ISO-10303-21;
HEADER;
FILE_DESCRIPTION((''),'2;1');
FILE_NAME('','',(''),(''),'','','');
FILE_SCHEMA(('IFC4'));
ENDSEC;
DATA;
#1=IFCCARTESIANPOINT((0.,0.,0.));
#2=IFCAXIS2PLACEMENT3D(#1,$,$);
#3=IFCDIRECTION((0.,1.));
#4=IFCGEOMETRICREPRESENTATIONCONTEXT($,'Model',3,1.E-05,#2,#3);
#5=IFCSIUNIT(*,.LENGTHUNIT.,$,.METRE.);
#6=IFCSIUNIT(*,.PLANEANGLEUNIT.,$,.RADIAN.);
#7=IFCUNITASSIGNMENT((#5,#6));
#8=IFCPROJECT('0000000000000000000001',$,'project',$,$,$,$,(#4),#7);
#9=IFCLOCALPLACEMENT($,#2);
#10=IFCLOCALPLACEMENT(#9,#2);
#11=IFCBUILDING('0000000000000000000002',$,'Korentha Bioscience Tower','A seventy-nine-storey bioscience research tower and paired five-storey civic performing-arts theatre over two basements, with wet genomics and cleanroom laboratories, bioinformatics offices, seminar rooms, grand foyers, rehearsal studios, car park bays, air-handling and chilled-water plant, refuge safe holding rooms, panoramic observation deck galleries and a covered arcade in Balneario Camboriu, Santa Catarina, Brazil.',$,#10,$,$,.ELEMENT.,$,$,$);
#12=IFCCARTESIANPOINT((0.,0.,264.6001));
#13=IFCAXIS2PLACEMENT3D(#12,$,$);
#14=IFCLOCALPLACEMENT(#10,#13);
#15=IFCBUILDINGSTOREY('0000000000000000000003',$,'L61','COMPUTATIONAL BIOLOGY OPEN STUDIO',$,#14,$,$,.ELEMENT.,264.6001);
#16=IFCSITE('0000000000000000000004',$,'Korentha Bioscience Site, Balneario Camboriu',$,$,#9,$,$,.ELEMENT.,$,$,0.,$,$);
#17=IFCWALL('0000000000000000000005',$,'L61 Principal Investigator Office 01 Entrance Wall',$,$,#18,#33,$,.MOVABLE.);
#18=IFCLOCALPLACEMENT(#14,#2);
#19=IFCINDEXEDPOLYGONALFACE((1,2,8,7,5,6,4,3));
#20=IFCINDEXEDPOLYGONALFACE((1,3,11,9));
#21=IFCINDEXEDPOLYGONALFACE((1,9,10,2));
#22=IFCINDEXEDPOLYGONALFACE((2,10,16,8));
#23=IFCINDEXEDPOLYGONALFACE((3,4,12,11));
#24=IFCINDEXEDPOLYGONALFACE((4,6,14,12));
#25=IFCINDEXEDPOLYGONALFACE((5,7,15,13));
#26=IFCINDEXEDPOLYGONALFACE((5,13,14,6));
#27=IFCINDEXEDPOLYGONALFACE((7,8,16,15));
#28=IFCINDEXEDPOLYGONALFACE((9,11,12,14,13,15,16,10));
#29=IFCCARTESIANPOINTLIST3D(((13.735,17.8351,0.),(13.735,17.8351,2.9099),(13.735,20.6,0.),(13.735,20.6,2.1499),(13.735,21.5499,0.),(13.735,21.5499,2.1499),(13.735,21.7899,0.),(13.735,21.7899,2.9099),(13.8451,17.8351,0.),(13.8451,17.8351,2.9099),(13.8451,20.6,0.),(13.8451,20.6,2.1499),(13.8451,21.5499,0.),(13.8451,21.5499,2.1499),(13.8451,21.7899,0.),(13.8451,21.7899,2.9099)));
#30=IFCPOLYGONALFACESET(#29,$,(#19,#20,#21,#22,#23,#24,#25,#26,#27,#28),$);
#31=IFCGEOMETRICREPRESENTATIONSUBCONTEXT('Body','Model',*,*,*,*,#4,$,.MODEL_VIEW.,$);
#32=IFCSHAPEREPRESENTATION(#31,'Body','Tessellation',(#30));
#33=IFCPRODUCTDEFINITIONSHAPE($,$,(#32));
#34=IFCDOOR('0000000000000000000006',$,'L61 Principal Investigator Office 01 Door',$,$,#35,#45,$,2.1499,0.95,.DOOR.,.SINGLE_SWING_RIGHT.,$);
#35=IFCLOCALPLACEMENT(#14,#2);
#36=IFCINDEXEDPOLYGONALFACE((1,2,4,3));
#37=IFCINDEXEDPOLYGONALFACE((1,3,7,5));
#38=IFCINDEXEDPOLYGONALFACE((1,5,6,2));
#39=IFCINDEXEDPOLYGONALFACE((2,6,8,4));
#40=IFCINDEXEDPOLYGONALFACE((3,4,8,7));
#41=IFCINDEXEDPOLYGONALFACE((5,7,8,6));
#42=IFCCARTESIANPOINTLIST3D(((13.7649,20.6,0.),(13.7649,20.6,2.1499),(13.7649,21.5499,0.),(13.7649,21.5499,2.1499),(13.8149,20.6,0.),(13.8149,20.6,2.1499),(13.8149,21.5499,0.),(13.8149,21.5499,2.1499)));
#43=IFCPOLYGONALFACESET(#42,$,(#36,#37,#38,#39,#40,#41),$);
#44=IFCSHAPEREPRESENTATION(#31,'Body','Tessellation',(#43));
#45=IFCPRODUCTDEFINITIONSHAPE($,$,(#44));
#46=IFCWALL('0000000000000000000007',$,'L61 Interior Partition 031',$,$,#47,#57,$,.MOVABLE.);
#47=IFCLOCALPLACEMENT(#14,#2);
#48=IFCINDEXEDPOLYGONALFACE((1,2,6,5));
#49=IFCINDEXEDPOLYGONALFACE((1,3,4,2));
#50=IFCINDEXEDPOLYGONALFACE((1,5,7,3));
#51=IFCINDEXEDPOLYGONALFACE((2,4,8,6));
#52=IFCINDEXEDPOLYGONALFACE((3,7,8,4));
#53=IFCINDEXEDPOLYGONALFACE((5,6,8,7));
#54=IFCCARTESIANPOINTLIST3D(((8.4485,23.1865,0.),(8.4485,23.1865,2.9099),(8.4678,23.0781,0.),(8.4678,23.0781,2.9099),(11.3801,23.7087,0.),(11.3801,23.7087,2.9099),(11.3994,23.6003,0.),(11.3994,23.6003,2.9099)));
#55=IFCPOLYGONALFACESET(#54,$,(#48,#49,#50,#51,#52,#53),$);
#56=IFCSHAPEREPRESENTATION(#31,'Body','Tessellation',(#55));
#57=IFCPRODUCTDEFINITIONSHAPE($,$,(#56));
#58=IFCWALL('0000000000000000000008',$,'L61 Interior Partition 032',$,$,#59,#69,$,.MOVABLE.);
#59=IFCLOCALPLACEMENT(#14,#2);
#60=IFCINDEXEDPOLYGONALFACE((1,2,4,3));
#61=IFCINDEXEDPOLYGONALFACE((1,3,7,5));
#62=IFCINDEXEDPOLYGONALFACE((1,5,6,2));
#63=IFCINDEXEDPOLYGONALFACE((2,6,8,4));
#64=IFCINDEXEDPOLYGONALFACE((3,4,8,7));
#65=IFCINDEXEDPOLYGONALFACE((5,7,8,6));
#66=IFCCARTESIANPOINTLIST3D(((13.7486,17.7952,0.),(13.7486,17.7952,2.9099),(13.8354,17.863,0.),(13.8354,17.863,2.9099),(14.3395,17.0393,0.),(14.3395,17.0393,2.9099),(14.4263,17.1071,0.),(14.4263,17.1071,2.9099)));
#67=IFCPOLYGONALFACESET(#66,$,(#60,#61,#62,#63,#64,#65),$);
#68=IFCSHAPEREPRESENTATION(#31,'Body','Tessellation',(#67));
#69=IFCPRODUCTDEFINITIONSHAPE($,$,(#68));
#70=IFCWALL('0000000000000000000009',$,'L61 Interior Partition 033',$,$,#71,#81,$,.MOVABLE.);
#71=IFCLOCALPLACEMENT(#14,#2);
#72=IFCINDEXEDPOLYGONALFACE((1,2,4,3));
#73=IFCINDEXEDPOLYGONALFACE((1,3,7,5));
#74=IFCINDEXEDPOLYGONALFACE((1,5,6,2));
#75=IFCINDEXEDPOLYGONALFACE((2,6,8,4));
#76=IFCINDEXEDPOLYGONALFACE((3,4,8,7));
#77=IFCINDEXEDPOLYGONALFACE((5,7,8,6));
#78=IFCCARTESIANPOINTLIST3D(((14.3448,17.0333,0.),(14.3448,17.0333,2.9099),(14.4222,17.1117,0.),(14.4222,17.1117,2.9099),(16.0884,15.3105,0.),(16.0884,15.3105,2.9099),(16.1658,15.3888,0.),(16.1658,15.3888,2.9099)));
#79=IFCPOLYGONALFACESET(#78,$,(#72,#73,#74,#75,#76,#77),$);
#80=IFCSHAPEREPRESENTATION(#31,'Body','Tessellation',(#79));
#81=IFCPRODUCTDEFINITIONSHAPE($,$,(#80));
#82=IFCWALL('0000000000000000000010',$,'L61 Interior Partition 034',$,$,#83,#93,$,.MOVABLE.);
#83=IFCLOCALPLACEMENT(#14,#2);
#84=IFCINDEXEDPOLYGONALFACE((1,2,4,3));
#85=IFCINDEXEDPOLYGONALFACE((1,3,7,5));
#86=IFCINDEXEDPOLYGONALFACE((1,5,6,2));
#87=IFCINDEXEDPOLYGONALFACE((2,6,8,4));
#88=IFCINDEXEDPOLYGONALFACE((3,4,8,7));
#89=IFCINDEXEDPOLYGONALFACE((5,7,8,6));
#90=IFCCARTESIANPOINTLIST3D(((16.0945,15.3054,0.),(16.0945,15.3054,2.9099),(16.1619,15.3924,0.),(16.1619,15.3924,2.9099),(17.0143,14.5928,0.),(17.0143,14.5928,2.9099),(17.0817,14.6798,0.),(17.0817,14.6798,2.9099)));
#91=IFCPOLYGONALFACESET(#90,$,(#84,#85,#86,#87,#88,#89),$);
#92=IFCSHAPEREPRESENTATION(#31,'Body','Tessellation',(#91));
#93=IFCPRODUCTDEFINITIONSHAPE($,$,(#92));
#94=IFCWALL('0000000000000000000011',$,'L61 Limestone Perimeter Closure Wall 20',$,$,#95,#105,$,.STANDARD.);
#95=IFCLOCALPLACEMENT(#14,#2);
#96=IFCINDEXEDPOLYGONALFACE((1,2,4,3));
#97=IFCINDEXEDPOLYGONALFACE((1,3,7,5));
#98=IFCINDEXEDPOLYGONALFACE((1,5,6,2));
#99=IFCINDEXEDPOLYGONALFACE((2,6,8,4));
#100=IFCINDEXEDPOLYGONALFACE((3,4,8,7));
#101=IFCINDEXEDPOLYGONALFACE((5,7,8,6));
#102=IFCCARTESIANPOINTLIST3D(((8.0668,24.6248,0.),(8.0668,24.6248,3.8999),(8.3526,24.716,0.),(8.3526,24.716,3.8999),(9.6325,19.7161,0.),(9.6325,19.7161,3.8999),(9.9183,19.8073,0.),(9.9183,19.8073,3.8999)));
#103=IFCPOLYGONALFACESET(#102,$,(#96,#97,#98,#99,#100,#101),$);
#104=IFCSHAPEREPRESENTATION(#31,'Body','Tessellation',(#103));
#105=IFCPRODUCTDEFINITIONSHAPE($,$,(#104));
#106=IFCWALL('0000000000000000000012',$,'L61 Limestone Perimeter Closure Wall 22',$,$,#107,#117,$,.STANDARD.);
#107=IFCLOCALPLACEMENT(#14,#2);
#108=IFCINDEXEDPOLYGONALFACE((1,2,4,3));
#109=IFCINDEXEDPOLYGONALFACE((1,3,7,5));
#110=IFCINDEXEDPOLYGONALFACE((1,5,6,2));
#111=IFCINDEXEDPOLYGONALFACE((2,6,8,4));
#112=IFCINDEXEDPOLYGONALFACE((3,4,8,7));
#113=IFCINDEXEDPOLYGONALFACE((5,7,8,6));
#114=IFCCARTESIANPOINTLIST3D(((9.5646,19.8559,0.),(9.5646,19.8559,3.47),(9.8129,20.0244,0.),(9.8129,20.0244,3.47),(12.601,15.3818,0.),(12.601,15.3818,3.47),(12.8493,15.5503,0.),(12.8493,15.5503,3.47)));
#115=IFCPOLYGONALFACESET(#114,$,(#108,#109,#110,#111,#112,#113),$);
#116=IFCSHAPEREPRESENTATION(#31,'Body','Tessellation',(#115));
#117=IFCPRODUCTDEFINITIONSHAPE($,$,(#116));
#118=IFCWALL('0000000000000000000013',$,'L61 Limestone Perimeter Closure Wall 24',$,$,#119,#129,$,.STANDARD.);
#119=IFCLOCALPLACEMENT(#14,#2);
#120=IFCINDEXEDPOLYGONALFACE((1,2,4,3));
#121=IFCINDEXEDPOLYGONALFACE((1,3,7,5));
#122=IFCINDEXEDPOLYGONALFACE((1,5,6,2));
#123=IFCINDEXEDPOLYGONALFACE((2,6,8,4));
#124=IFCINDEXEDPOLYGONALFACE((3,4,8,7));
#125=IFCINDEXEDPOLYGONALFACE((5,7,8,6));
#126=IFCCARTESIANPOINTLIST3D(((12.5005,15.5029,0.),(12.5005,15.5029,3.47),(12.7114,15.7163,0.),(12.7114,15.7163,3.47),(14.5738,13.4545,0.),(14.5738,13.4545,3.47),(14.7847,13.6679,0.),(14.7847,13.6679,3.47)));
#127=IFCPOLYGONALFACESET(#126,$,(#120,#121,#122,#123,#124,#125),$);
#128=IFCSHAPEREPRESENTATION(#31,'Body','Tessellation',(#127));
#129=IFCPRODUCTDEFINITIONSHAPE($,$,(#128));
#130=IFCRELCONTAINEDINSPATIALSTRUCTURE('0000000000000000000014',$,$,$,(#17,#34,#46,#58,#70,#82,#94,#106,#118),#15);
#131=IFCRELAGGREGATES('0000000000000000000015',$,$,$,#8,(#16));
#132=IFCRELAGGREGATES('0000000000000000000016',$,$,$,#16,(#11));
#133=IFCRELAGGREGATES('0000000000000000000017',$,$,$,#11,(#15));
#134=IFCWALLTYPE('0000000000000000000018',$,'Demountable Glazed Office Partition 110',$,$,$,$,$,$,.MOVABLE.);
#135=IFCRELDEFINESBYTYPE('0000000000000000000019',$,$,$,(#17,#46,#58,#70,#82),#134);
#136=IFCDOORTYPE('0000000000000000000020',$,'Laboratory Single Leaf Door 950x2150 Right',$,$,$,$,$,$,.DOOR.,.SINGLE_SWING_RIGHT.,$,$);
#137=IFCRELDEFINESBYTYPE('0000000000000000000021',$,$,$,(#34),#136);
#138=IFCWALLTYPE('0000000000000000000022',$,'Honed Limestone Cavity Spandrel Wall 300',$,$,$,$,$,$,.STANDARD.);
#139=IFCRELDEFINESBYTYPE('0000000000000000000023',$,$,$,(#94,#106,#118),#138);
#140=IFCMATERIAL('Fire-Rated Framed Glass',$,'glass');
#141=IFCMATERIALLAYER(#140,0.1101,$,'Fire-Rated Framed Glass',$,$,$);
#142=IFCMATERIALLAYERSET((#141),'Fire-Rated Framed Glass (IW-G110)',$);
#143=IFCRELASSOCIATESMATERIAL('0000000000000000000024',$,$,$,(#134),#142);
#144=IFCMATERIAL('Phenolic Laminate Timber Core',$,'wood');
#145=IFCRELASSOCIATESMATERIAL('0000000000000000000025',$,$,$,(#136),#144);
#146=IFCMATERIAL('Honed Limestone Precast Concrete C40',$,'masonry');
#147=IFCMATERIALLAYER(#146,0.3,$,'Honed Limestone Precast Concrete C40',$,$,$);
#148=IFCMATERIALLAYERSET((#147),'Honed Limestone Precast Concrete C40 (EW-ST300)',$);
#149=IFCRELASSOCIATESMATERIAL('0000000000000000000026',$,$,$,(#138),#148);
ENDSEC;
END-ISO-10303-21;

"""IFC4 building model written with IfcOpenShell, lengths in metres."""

from ifc_helpers import new_model, si_unit, direction, frame, frame_2d, origin, place, context, subcontext, project, spatial, rectangle, extrude, material, layer, layer_set, type_object, element, fill, save


model = new_model("IFC4")

# Units and contexts
model_context = context("Model", 3, precision=1e-05, world=origin(), true_north=direction((0.0, 1.0)))
body_context = subcontext(model_context, "Body", "Model", "MODEL_VIEW")
ifc_project = project(units=[si_unit("LENGTHUNIT", "METRE"), si_unit("PLANEANGLEUNIT", "RADIAN")], contexts=[model_context])

# Site, building, storey
site_placement = place(None, origin())
site = spatial("IfcSite", under=ifc_project, at=site_placement, Name="Korentha Bioscience Site, Balneario Camboriu", CompositionType="ELEMENT", RefElevation=0.0)
building_placement = place(site_placement, origin())
building = spatial("IfcBuilding", under=site, at=building_placement, Name="Korentha Bioscience Tower", Description="A seventy-nine-storey bioscience research tower and paired five-storey civic performing-arts theatre over two basements, with wet genomics and cleanroom laboratories, bioinformatics offices, seminar rooms, grand foyers, rehearsal studios, car park bays, air-handling and chilled-water plant, refuge safe holding rooms, panoramic observation deck galleries and a covered arcade in Balneario Camboriu, Santa Catarina, Brazil.", CompositionType="ELEMENT")
storey_placement = place(building_placement, frame((0.0, 0.0, 264.6001)))
storey = spatial("IfcBuildingStorey", under=building, at=storey_placement, Name="L61", Description="COMPUTATIONAL BIOLOGY OPEN STUDIO", CompositionType="ELEMENT", Elevation=264.6001)

# Wall, opening, door
ifc_material_1 = material(Name="Fire-Rated Framed Glass", Category="glass")
ifc_layer_1 = layer(ifc_material_1, 0.1101, Name="Fire-Rated Framed Glass")
ifc_layer_set_1 = layer_set([ifc_layer_1], Name="Fire-Rated Framed Glass (IW-G110)")
wall_type_1 = type_object("IfcWallType", Name="Demountable Glazed Office Partition 110", PredefinedType="MOVABLE", material=ifc_layer_set_1)
wall_1_placement = place(storey_placement, frame((13.79, 21.79, 0.0), z_axis=(0.0, 0.0, 1.0), x_axis=(0.0, -1.0, 0.0)))
wall_1 = element("IfcWall", 1, at=wall_1_placement, inside=storey, type_object=wall_type_1, Name="L61 Principal Investigator Office 01 Entrance Wall", PredefinedType="MOVABLE", context=body_context, shape_type="SweptSolid", body=[
    extrude(rectangle(XDim=3.9548, YDim=0.1101, at=frame_2d((1.9775, 0.0))), origin(), (0.0, 0.0, 1.0), 2.9099),
])
opening_placement = place(wall_1_placement, frame((0.24, 0.0, 0.0)))
opening = element("IfcOpeningElement", 2, at=opening_placement, cuts=wall_1, PredefinedType="OPENING", context=body_context, shape_type="SweptSolid", body=[
    extrude(rectangle(XDim=0.95, YDim=2.1499, at=frame_2d((0.4751, 1.075))), frame((0.0, 0.0698, 0.0), z_axis=(0.0, -1.0, 0.0), x_axis=(1.0, 0.0, 0.0)), (0.0, 0.0, 1.0), 0.1399),
])
ifc_material_2 = material(Name="Phenolic Laminate Timber Core", Category="wood")
door_type = type_object("IfcDoorType", Name="Laboratory Single Leaf Door 950x2150 Right", OperationType="SINGLE_SWING_RIGHT", PredefinedType="DOOR", material=ifc_material_2)
door_placement = place(opening_placement, origin())
door = element("IfcDoor", 3, at=door_placement, inside=storey, type_object=door_type, Name="L61 Principal Investigator Office 01 Door", OperationType="SINGLE_SWING_RIGHT", OverallHeight=2.1499, OverallWidth=0.95, PredefinedType="DOOR", context=body_context, shape_type="SweptSolid", body=[
    extrude(rectangle(XDim=0.95, YDim=2.1499, at=frame_2d((0.4751, 1.075))), frame((0.0, 0.0249, 0.0), z_axis=(0.0, -1.0, 0.0), x_axis=(1.0, 0.0, 0.0)), (0.0, 0.0, 1.0), 0.05),
])
fill(opening, door)

# Walls
wall_2_placement = place(storey_placement, frame((8.4583, 23.1323, 0.0), z_axis=(0.0, 0.0, 1.0), x_axis=(0.984502, 0.175371, 0.0)))
element("IfcWall", 4, at=wall_2_placement, inside=storey, type_object=wall_type_1, Name="L61 Interior Partition 031", PredefinedType="MOVABLE", context=body_context, shape_type="SweptSolid", body=[
    extrude(rectangle(XDim=2.9778, YDim=0.1101, at=frame_2d((1.4888, 0.0))), origin(), (0.0, 0.0, 1.0), 2.9099),
])
wall_3_placement = place(storey_placement, frame((13.792, 17.8291, 0.0), z_axis=(0.0, 0.0, 1.0), x_axis=(0.615842, -0.78787, 0.0)))
element("IfcWall", 5, at=wall_3_placement, inside=storey, type_object=wall_type_1, Name="L61 Interior Partition 032", PredefinedType="MOVABLE", context=body_context, shape_type="SweptSolid", body=[
    extrude(rectangle(XDim=0.9595, YDim=0.1101, at=frame_2d((0.4797, 0.0))), origin(), (0.0, 0.0, 1.0), 2.9099),
])
wall_4_placement = place(storey_placement, frame((14.3835, 17.0725, 0.0), z_axis=(0.0, 0.0, 1.0), x_axis=(0.711327, -0.702861, 0.0)))
element("IfcWall", 6, at=wall_4_placement, inside=storey, type_object=wall_type_1, Name="L61 Interior Partition 033", PredefinedType="MOVABLE", context=body_context, shape_type="SweptSolid", body=[
    extrude(rectangle(XDim=2.4512, YDim=0.1101, at=frame_2d((1.2256, 0.0))), origin(), (0.0, 0.0, 1.0), 2.9099),
])
wall_5_placement = place(storey_placement, frame((16.1282, 15.3489, 0.0), z_axis=(0.0, 0.0, 1.0), x_axis=(0.790537, -0.612414, 0.0)))
element("IfcWall", 7, at=wall_5_placement, inside=storey, type_object=wall_type_1, Name="L61 Interior Partition 034", PredefinedType="MOVABLE", context=body_context, shape_type="SweptSolid", body=[
    extrude(rectangle(XDim=1.1636, YDim=0.1101, at=frame_2d((0.5818, 0.0))), origin(), (0.0, 0.0, 1.0), 2.9099),
])
ifc_material_3 = material(Name="Honed Limestone Precast Concrete C40", Category="masonry")
ifc_layer_2 = layer(ifc_material_3, 0.3, Name="Honed Limestone Precast Concrete C40")
ifc_layer_set_2 = layer_set([ifc_layer_2], Name="Honed Limestone Precast Concrete C40 (EW-ST300)")
wall_type_2 = type_object("IfcWallType", Name="Honed Limestone Cavity Spandrel Wall 300", PredefinedType="STANDARD", material=ifc_layer_set_2)
wall_6_placement = place(storey_placement, frame((8.2097, 24.6704, 0.0), z_axis=(0.0, 0.0, 1.0), x_axis=(0.303876, -0.952711, 0.0)))
element("IfcWall", 8, at=wall_6_placement, inside=storey, type_object=wall_type_2, Name="L61 Limestone Perimeter Closure Wall 20", PredefinedType="STANDARD", context=body_context, shape_type="SweptSolid", body=[
    extrude(rectangle(XDim=5.1523, YDim=0.3, at=frame_2d((2.5762, 0.0))), origin(), (0.0, 0.0, 1.0), 3.8999),
])
wall_7_placement = place(storey_placement, frame((9.6887, 19.9402, 0.0), z_axis=(0.0, 0.0, 1.0), x_axis=(0.561548, -0.827444, 0.0)))
element("IfcWall", 9, at=wall_7_placement, inside=storey, type_object=wall_type_2, Name="L61 Limestone Perimeter Closure Wall 22", PredefinedType="STANDARD", context=body_context, shape_type="SweptSolid", body=[
    extrude(rectangle(XDim=5.4072, YDim=0.3, at=frame_2d((2.7036, 0.0))), origin(), (0.0, 0.0, 1.0), 3.47),
])
wall_8_placement = place(storey_placement, frame((12.606, 15.6096, 0.0), z_axis=(0.0, 0.0, 1.0), x_axis=(0.711366, -0.702822, 0.0)))
element("IfcWall", 10, at=wall_8_placement, inside=storey, type_object=wall_type_2, Name="L61 Limestone Perimeter Closure Wall 24", PredefinedType="STANDARD", context=body_context, shape_type="SweptSolid", body=[
    extrude(rectangle(XDim=2.9146, YDim=0.3, at=frame_2d((1.4573, 0.0))), origin(), (0.0, 0.0, 1.0), 3.47),
])

save(model, "model.ifc")
